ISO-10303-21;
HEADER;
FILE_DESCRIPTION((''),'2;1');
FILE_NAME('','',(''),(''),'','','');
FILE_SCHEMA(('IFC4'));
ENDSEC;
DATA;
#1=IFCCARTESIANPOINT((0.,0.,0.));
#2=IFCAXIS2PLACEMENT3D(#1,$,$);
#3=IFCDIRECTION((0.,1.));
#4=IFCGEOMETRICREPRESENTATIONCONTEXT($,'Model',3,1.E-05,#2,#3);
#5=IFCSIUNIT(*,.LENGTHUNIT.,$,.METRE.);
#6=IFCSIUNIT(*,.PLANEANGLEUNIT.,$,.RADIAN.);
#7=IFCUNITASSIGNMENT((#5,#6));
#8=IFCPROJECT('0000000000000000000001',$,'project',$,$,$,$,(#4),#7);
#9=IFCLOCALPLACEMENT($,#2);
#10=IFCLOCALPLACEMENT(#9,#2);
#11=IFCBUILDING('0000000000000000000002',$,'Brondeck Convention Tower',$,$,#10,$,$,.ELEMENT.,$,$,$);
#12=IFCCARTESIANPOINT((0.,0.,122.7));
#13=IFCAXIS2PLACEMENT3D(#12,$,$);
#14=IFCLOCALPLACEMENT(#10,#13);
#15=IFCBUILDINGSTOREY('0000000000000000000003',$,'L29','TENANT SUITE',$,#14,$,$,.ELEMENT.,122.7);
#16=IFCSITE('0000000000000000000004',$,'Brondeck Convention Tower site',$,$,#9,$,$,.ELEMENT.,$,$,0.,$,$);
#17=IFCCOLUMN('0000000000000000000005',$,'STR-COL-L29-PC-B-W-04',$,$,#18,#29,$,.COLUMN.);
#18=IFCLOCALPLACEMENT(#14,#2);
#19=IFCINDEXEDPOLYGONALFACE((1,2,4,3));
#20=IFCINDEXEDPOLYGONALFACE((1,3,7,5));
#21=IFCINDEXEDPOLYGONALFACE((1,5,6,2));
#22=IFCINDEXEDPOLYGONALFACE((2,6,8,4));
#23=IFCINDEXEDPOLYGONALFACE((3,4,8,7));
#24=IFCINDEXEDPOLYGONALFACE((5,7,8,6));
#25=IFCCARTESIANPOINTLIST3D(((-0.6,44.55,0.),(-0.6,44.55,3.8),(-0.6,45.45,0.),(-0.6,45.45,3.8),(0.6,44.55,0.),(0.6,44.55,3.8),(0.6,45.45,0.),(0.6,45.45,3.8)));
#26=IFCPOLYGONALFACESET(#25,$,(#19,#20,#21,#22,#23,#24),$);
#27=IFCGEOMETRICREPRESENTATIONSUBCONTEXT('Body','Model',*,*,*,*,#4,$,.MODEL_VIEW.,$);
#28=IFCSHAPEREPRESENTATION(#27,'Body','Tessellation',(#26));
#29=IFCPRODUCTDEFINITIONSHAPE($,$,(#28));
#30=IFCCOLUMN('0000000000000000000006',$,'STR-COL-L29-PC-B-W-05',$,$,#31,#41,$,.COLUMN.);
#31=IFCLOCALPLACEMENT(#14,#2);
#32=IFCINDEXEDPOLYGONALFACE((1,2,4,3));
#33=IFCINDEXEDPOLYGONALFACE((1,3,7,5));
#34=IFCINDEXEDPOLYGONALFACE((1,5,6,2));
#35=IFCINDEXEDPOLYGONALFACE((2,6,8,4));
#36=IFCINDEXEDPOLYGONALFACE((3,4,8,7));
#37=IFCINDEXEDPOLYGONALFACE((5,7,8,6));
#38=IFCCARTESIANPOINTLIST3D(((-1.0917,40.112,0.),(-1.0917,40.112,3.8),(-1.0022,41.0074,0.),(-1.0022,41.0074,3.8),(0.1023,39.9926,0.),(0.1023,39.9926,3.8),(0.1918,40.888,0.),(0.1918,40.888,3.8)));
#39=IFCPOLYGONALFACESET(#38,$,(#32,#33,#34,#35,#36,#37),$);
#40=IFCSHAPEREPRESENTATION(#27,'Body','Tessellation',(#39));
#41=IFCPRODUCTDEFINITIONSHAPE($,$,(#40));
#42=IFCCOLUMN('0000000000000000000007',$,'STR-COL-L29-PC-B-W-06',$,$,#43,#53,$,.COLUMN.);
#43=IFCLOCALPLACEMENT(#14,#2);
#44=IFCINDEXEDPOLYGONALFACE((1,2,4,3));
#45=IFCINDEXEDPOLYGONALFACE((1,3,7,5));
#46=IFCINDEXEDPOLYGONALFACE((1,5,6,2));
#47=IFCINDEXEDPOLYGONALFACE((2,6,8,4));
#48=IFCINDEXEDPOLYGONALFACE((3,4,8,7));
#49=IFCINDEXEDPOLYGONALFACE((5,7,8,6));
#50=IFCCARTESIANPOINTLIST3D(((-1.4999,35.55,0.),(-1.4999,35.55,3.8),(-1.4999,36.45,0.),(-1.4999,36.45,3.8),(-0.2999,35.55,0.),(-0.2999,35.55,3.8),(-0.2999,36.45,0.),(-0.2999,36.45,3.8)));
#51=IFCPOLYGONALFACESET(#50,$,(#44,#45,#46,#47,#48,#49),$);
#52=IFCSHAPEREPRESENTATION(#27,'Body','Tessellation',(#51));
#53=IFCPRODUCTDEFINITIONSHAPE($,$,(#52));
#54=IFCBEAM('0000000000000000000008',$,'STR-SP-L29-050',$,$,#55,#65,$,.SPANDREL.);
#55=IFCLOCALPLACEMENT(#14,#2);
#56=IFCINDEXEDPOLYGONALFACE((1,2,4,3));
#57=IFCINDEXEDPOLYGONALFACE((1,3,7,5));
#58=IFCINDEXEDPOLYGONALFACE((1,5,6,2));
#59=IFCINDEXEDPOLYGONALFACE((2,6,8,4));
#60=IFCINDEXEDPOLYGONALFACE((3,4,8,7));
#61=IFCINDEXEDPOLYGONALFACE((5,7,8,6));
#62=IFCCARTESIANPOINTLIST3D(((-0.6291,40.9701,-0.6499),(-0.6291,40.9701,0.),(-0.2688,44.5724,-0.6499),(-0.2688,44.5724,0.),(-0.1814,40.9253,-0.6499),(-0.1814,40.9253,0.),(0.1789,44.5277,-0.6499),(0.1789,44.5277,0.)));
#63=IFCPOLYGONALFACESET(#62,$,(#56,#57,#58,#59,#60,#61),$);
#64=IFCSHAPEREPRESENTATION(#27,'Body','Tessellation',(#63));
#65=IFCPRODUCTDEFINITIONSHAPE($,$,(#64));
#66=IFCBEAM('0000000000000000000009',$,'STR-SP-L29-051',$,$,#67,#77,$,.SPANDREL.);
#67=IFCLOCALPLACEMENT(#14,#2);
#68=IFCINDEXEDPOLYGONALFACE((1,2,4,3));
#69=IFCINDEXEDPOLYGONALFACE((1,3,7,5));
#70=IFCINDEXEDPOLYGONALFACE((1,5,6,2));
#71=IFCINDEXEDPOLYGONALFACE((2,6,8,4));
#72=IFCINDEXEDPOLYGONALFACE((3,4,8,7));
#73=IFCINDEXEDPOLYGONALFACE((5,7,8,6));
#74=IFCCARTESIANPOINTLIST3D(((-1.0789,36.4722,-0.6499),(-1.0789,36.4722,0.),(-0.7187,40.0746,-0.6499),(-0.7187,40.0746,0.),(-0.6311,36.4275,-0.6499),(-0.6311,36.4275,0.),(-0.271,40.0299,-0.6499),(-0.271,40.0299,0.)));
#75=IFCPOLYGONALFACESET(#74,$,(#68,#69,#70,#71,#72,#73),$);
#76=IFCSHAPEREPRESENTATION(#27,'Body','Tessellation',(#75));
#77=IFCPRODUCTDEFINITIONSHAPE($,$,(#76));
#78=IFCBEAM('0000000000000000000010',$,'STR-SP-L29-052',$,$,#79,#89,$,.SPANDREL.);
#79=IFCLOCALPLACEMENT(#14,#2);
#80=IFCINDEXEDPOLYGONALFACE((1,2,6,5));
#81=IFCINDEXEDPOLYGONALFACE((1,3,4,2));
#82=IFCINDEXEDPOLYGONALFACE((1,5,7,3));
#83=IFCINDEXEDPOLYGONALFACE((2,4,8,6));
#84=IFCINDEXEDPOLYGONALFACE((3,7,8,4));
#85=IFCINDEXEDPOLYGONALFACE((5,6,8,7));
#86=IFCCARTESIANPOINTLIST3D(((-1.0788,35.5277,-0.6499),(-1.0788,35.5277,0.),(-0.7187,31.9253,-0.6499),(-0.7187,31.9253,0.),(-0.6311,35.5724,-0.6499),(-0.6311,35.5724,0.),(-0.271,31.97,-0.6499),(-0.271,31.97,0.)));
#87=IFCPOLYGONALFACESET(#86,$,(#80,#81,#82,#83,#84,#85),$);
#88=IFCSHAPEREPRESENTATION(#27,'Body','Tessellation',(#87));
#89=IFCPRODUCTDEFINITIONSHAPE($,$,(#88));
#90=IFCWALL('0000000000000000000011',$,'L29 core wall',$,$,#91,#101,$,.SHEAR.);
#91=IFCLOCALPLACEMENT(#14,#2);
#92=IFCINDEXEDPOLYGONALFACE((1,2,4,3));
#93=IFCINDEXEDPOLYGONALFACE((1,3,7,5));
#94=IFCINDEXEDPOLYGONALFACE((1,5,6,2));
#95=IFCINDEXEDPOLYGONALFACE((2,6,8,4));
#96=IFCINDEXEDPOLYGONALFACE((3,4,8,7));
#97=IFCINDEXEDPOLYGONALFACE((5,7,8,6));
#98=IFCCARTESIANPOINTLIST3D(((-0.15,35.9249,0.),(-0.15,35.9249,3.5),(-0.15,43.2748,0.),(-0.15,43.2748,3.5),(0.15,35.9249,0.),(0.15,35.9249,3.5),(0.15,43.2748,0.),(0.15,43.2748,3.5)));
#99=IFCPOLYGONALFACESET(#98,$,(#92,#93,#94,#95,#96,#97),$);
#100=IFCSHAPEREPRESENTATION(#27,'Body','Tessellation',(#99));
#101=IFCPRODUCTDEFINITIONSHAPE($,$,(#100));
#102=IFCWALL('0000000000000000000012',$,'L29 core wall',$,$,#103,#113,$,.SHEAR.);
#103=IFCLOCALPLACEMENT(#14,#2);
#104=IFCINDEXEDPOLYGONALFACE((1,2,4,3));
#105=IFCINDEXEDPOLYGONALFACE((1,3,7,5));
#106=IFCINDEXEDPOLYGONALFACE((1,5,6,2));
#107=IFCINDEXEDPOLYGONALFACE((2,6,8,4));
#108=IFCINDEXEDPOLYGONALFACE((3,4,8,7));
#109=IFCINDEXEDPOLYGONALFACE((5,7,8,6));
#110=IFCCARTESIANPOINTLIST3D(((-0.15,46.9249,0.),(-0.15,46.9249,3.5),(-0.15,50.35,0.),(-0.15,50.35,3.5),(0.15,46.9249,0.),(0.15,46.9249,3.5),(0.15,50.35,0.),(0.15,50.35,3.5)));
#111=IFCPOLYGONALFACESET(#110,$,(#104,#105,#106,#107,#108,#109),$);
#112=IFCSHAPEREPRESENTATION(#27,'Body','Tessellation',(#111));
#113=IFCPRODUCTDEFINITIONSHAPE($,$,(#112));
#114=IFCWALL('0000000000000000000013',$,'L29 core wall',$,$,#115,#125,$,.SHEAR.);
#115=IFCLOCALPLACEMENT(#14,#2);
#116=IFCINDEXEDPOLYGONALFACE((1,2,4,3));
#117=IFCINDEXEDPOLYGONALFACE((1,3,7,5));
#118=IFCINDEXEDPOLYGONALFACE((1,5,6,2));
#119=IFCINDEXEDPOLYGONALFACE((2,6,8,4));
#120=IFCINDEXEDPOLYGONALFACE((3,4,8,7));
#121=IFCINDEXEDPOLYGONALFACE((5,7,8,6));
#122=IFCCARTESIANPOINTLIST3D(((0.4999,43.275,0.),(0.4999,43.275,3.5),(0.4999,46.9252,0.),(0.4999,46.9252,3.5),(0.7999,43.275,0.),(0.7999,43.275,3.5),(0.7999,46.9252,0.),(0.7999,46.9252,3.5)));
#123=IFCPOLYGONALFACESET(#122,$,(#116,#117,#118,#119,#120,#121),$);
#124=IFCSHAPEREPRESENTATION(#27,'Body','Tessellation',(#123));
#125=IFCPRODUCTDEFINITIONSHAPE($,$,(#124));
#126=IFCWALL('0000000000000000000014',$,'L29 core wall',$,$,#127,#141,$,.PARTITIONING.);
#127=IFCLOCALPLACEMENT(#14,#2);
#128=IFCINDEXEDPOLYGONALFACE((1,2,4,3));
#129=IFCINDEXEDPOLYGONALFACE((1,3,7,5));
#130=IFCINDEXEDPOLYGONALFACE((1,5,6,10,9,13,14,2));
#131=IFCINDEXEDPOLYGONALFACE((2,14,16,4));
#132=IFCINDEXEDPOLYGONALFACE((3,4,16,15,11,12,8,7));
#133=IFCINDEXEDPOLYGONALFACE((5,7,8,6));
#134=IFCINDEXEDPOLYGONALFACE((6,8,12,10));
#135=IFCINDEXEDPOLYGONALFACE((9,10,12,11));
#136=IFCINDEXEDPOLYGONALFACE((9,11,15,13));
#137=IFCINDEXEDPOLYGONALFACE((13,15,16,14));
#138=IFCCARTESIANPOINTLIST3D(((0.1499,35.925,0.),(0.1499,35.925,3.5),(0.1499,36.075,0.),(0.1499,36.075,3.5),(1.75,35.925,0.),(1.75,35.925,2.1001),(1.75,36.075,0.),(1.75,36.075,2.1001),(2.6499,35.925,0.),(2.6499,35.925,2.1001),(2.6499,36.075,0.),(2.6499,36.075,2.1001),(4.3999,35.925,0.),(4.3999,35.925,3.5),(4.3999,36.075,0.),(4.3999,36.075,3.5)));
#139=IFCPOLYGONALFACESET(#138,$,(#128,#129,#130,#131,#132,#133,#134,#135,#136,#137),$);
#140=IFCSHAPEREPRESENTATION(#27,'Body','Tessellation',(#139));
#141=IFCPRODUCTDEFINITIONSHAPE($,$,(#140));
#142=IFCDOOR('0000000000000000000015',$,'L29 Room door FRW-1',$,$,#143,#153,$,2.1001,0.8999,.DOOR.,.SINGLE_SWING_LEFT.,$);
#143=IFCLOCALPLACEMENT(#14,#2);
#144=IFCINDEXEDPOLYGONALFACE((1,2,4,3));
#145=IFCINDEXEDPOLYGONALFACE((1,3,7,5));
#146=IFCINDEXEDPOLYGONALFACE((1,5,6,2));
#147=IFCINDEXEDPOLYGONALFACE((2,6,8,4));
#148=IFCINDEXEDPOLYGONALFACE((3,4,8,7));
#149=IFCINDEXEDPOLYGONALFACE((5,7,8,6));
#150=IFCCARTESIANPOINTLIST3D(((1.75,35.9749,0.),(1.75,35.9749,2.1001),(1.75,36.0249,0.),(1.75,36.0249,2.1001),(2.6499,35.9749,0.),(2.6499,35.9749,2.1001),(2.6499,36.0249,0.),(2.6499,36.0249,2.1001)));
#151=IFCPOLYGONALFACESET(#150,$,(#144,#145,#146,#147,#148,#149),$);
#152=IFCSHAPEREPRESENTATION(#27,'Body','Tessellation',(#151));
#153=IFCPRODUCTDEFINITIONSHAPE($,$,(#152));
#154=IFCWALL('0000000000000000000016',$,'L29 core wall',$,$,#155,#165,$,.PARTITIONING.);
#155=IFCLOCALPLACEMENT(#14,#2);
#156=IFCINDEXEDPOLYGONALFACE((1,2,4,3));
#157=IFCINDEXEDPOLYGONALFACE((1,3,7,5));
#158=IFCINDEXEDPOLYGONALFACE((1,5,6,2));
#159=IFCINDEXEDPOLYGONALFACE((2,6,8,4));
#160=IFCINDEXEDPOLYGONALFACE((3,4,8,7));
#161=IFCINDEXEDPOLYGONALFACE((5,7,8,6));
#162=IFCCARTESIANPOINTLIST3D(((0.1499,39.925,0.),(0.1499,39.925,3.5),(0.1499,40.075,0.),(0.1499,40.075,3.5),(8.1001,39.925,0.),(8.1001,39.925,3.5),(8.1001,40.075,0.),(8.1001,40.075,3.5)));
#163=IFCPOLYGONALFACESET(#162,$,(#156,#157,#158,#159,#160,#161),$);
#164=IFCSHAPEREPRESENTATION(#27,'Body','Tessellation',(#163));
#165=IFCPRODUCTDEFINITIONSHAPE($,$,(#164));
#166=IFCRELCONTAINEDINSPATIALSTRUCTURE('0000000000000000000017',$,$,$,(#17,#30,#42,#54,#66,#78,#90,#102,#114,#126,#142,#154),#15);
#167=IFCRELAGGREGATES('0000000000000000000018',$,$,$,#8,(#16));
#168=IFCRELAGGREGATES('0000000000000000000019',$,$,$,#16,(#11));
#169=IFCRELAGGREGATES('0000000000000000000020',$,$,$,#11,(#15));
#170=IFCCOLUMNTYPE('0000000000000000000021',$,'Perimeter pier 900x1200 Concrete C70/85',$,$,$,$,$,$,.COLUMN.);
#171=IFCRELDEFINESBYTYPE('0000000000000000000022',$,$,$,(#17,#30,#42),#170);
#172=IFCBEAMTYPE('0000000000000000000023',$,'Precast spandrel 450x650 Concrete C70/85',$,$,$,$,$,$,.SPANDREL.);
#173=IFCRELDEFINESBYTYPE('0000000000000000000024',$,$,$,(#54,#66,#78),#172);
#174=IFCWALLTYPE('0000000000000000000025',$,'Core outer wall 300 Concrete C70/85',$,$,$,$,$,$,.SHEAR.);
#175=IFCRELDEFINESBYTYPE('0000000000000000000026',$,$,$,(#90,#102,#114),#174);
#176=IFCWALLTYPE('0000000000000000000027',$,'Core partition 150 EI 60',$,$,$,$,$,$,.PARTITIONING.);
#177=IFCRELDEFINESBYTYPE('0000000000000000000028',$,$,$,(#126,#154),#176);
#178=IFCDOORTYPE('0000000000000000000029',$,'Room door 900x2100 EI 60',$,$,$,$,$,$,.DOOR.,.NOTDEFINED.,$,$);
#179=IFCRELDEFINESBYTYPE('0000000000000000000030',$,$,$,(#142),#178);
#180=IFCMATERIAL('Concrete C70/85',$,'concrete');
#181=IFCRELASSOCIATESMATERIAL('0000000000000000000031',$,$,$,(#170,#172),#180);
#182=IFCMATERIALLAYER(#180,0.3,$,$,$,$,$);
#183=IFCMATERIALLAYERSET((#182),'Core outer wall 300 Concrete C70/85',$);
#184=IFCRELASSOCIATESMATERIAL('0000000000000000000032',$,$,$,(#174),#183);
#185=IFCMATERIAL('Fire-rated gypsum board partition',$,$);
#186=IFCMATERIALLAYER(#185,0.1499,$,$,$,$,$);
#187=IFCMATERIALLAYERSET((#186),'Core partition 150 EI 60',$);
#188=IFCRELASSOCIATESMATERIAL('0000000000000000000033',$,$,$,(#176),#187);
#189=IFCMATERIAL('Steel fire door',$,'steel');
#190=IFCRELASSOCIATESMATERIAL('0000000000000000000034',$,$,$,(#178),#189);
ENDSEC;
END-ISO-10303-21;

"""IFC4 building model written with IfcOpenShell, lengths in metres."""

from ifc_helpers import new_model, si_unit, direction, frame, frame_2d, origin, origin_2d, place, context, subcontext, project, spatial, rectangle, extrude, material, layer, layer_set, material_profile, profile_set, type_object, element, fill, save


model = new_model("IFC4")

# Units and contexts
model_context = context("Model", 3, precision=1e-05, world=origin(), true_north=direction((0.0, 1.0)))
body_context = subcontext(model_context, "Body", "Model", "MODEL_VIEW")
ifc_project = project(units=[si_unit("LENGTHUNIT", "METRE"), si_unit("PLANEANGLEUNIT", "RADIAN")], contexts=[model_context])

# Site, building, storey
site_placement = place(None, origin())
site = spatial("IfcSite", under=ifc_project, at=site_placement, Name="Brondeck Convention Tower site", CompositionType="ELEMENT", RefElevation=0.0)
building_placement = place(site_placement, origin())
building = spatial("IfcBuilding", under=site, at=building_placement, Name="Brondeck Convention Tower", CompositionType="ELEMENT")
storey_placement = place(building_placement, frame((0.0, 0.0, 122.7)))
storey = spatial("IfcBuildingStorey", under=building, at=storey_placement, Name="L29", Description="TENANT SUITE", CompositionType="ELEMENT", Elevation=122.7)

# Columns
ifc_material_1 = material(Name="Concrete C70/85", Category="concrete")
ifc_material_profile_1 = material_profile(ifc_material_1, rectangle(XDim=0.8999, YDim=1.2, at=origin_2d()), Name="Perimeter pier 900x1200 Concrete C70/85")
ifc_profile_set_1 = profile_set([ifc_material_profile_1], Name="Concrete C70/85")
column_type = type_object("IfcColumnType", Name="Perimeter pier 900x1200 Concrete C70/85", PredefinedType="COLUMN", material=ifc_profile_set_1)
for number, where, z_axis, x_axis, name in (
    (1, (0.0, 45.0, 0.0), (0.0, 0.0, 1.0), (0.0, -1.0, 0.0), "STR-COL-L29-PC-B-W-04"),
    (2, (-0.45, 40.5, 0.0), (0.0, 0.0, 1.0), (-0.099504, -0.995037, 0.0), "STR-COL-L29-PC-B-W-05"),
    (3, (-0.8999, 36.0, 0.0), (0.0, 0.0, 1.0), (0.0, -1.0, 0.0), "STR-COL-L29-PC-B-W-06"),
):
    element("IfcColumn", number, at=place(storey_placement, frame(where, z_axis=z_axis, x_axis=x_axis)), inside=storey, type_object=column_type, Name=name, PredefinedType="COLUMN", context=body_context, shape_type="SweptSolid", body=[
        extrude(rectangle(XDim=0.8999, YDim=1.2, at=origin_2d()), origin(), (0.0, 0.0, 1.0), 3.8),
    ])

# Beams
ifc_material_profile_2 = material_profile(ifc_material_1, rectangle(XDim=0.45, YDim=0.6499, at=origin_2d()), Name="Precast spandrel 450x650 Concrete C70/85")
ifc_profile_set_2 = profile_set([ifc_material_profile_2], Name="Concrete C70/85")
beam_type = type_object("IfcBeamType", Name="Precast spandrel 450x650 Concrete C70/85", PredefinedType="SPANDREL", material=ifc_profile_set_2)
for number, where, z_axis, x_axis, name in (
    (4, (-0.0449, 44.55, -0.325), (-0.099537, -0.995034, 0.0), (0.995034, -0.099537, 0.0), "STR-SP-L29-050"),
    (5, (-0.4949, 40.0522, -0.325), (-0.09947, -0.995041, 0.0), (0.995041, -0.09947, 0.0), "STR-SP-L29-051"),
    (6, (-0.855, 35.55, -0.325), (0.09947, -0.995041, 0.0), (0.995041, 0.09947, 0.0), "STR-SP-L29-052"),
):
    element("IfcBeam", number, at=place(storey_placement, frame(where, z_axis=z_axis, x_axis=x_axis)), inside=storey, type_object=beam_type, Name=name, PredefinedType="SPANDREL", context=body_context, shape_type="SweptSolid", body=[
        extrude(rectangle(XDim=0.45, YDim=0.6499, at=origin_2d()), origin(), (0.0, 0.0, 1.0), 3.6204),
    ])

# Walls
ifc_layer_1 = layer(ifc_material_1, 0.3)
ifc_layer_set_1 = layer_set([ifc_layer_1], Name="Core outer wall 300 Concrete C70/85")
wall_type_1 = type_object("IfcWallType", Name="Core outer wall 300 Concrete C70/85", PredefinedType="SHEAR", material=ifc_layer_set_1)
wall_1_placement = place(storey_placement, frame((0.0, 35.925, 0.0), z_axis=(0.0, 0.0, 1.0), x_axis=(0.0, 1.0, 0.0)))
element("IfcWall", 7, at=wall_1_placement, inside=storey, type_object=wall_type_1, Name="L29 core wall", PredefinedType="SHEAR", context=body_context, shape_type="SweptSolid", body=[
    extrude(rectangle(XDim=7.3499, YDim=0.3, at=frame_2d((3.6748, 0.0))), origin(), (0.0, 0.0, 1.0), 3.5),
])
wall_2_placement = place(storey_placement, frame((0.0, 46.925, 0.0), z_axis=(0.0, 0.0, 1.0), x_axis=(0.0, 1.0, 0.0)))
element("IfcWall", 8, at=wall_2_placement, inside=storey, type_object=wall_type_1, Name="L29 core wall", PredefinedType="SHEAR", context=body_context, shape_type="SweptSolid", body=[
    extrude(rectangle(XDim=3.425, YDim=0.3, at=frame_2d((1.7124, 0.0))), origin(), (0.0, 0.0, 1.0), 3.5),
])
wall_3_placement = place(storey_placement, frame((0.6499, 43.2749, 0.0), z_axis=(0.0, 0.0, 1.0), x_axis=(0.0, 1.0, 0.0)))
element("IfcWall", 9, at=wall_3_placement, inside=storey, type_object=wall_type_1, Name="L29 core wall", PredefinedType="SHEAR", context=body_context, shape_type="SweptSolid", body=[
    extrude(rectangle(XDim=3.6501, YDim=0.3, at=frame_2d((1.8252, 0.0))), origin(), (0.0, 0.0, 1.0), 3.5),
])

# Wall, opening, door
ifc_material_2 = material(Name="Fire-rated gypsum board partition")
ifc_layer_2 = layer(ifc_material_2, 0.1499)
ifc_layer_set_2 = layer_set([ifc_layer_2], Name="Core partition 150 EI 60")
wall_type_2 = type_object("IfcWallType", Name="Core partition 150 EI 60", PredefinedType="PARTITIONING", material=ifc_layer_set_2)
wall_4_placement = place(storey_placement, frame((0.1499, 36.0, 0.0), z_axis=(0.0, 0.0, 1.0), x_axis=(1.0, 0.0, 0.0)))
wall_4 = element("IfcWall", 10, at=wall_4_placement, inside=storey, type_object=wall_type_2, Name="L29 core wall", PredefinedType="PARTITIONING", context=body_context, shape_type="SweptSolid", body=[
    extrude(rectangle(XDim=4.25, YDim=0.1499, at=frame_2d((2.125, 0.0))), origin(), (0.0, 0.0, 1.0), 3.5),
])
opening_1_placement = place(wall_4_placement, frame((1.6001, 0.0, 0.0)))
opening_1 = element("IfcOpeningElement", 11, at=opening_1_placement, cuts=wall_4, PredefinedType="OPENING", context=body_context, shape_type="SweptSolid", body=[
    extrude(rectangle(XDim=0.8999, YDim=2.1001, at=frame_2d((0.45, 1.05))), frame((0.0, 0.085, 0.0), z_axis=(0.0, -1.0, 0.0), x_axis=(1.0, 0.0, 0.0)), (0.0, 0.0, 1.0), 0.1699),
])
ifc_material_3 = material(Name="Steel fire door", Category="steel")
door_type_1 = type_object("IfcDoorType", Name="Room door 900x2100 EI 60", OperationType="NOTDEFINED", PredefinedType="DOOR", material=ifc_material_3)
door_1_placement = place(opening_1_placement, origin())
door_1 = element("IfcDoor", 12, at=door_1_placement, inside=storey, type_object=door_type_1, Name="L29 Room door FRW-1", OperationType="SINGLE_SWING_LEFT", OverallHeight=2.1001, OverallWidth=0.8999, PredefinedType="DOOR", context=body_context, shape_type="SweptSolid", body=[
    extrude(rectangle(XDim=0.8999, YDim=2.1001, at=frame_2d((0.45, 1.05))), frame((0.0, 0.0249, 0.0), z_axis=(0.0, -1.0, 0.0), x_axis=(1.0, 0.0, 0.0)), (0.0, 0.0, 1.0), 0.05),
])
fill(opening_1, door_1)

# Wall
wall_5_placement = place(storey_placement, frame((0.1499, 40.0, 0.0), z_axis=(0.0, 0.0, 1.0), x_axis=(1.0, 0.0, 0.0)))
element("IfcWall", 13, at=wall_5_placement, inside=storey, type_object=wall_type_2, Name="L29 core wall", PredefinedType="PARTITIONING", context=body_context, shape_type="SweptSolid", body=[
    extrude(rectangle(XDim=7.9502, YDim=0.1499, at=frame_2d((3.9751, 0.0))), origin(), (0.0, 0.0, 1.0), 3.5),
])

save(model, "model.ifc")
